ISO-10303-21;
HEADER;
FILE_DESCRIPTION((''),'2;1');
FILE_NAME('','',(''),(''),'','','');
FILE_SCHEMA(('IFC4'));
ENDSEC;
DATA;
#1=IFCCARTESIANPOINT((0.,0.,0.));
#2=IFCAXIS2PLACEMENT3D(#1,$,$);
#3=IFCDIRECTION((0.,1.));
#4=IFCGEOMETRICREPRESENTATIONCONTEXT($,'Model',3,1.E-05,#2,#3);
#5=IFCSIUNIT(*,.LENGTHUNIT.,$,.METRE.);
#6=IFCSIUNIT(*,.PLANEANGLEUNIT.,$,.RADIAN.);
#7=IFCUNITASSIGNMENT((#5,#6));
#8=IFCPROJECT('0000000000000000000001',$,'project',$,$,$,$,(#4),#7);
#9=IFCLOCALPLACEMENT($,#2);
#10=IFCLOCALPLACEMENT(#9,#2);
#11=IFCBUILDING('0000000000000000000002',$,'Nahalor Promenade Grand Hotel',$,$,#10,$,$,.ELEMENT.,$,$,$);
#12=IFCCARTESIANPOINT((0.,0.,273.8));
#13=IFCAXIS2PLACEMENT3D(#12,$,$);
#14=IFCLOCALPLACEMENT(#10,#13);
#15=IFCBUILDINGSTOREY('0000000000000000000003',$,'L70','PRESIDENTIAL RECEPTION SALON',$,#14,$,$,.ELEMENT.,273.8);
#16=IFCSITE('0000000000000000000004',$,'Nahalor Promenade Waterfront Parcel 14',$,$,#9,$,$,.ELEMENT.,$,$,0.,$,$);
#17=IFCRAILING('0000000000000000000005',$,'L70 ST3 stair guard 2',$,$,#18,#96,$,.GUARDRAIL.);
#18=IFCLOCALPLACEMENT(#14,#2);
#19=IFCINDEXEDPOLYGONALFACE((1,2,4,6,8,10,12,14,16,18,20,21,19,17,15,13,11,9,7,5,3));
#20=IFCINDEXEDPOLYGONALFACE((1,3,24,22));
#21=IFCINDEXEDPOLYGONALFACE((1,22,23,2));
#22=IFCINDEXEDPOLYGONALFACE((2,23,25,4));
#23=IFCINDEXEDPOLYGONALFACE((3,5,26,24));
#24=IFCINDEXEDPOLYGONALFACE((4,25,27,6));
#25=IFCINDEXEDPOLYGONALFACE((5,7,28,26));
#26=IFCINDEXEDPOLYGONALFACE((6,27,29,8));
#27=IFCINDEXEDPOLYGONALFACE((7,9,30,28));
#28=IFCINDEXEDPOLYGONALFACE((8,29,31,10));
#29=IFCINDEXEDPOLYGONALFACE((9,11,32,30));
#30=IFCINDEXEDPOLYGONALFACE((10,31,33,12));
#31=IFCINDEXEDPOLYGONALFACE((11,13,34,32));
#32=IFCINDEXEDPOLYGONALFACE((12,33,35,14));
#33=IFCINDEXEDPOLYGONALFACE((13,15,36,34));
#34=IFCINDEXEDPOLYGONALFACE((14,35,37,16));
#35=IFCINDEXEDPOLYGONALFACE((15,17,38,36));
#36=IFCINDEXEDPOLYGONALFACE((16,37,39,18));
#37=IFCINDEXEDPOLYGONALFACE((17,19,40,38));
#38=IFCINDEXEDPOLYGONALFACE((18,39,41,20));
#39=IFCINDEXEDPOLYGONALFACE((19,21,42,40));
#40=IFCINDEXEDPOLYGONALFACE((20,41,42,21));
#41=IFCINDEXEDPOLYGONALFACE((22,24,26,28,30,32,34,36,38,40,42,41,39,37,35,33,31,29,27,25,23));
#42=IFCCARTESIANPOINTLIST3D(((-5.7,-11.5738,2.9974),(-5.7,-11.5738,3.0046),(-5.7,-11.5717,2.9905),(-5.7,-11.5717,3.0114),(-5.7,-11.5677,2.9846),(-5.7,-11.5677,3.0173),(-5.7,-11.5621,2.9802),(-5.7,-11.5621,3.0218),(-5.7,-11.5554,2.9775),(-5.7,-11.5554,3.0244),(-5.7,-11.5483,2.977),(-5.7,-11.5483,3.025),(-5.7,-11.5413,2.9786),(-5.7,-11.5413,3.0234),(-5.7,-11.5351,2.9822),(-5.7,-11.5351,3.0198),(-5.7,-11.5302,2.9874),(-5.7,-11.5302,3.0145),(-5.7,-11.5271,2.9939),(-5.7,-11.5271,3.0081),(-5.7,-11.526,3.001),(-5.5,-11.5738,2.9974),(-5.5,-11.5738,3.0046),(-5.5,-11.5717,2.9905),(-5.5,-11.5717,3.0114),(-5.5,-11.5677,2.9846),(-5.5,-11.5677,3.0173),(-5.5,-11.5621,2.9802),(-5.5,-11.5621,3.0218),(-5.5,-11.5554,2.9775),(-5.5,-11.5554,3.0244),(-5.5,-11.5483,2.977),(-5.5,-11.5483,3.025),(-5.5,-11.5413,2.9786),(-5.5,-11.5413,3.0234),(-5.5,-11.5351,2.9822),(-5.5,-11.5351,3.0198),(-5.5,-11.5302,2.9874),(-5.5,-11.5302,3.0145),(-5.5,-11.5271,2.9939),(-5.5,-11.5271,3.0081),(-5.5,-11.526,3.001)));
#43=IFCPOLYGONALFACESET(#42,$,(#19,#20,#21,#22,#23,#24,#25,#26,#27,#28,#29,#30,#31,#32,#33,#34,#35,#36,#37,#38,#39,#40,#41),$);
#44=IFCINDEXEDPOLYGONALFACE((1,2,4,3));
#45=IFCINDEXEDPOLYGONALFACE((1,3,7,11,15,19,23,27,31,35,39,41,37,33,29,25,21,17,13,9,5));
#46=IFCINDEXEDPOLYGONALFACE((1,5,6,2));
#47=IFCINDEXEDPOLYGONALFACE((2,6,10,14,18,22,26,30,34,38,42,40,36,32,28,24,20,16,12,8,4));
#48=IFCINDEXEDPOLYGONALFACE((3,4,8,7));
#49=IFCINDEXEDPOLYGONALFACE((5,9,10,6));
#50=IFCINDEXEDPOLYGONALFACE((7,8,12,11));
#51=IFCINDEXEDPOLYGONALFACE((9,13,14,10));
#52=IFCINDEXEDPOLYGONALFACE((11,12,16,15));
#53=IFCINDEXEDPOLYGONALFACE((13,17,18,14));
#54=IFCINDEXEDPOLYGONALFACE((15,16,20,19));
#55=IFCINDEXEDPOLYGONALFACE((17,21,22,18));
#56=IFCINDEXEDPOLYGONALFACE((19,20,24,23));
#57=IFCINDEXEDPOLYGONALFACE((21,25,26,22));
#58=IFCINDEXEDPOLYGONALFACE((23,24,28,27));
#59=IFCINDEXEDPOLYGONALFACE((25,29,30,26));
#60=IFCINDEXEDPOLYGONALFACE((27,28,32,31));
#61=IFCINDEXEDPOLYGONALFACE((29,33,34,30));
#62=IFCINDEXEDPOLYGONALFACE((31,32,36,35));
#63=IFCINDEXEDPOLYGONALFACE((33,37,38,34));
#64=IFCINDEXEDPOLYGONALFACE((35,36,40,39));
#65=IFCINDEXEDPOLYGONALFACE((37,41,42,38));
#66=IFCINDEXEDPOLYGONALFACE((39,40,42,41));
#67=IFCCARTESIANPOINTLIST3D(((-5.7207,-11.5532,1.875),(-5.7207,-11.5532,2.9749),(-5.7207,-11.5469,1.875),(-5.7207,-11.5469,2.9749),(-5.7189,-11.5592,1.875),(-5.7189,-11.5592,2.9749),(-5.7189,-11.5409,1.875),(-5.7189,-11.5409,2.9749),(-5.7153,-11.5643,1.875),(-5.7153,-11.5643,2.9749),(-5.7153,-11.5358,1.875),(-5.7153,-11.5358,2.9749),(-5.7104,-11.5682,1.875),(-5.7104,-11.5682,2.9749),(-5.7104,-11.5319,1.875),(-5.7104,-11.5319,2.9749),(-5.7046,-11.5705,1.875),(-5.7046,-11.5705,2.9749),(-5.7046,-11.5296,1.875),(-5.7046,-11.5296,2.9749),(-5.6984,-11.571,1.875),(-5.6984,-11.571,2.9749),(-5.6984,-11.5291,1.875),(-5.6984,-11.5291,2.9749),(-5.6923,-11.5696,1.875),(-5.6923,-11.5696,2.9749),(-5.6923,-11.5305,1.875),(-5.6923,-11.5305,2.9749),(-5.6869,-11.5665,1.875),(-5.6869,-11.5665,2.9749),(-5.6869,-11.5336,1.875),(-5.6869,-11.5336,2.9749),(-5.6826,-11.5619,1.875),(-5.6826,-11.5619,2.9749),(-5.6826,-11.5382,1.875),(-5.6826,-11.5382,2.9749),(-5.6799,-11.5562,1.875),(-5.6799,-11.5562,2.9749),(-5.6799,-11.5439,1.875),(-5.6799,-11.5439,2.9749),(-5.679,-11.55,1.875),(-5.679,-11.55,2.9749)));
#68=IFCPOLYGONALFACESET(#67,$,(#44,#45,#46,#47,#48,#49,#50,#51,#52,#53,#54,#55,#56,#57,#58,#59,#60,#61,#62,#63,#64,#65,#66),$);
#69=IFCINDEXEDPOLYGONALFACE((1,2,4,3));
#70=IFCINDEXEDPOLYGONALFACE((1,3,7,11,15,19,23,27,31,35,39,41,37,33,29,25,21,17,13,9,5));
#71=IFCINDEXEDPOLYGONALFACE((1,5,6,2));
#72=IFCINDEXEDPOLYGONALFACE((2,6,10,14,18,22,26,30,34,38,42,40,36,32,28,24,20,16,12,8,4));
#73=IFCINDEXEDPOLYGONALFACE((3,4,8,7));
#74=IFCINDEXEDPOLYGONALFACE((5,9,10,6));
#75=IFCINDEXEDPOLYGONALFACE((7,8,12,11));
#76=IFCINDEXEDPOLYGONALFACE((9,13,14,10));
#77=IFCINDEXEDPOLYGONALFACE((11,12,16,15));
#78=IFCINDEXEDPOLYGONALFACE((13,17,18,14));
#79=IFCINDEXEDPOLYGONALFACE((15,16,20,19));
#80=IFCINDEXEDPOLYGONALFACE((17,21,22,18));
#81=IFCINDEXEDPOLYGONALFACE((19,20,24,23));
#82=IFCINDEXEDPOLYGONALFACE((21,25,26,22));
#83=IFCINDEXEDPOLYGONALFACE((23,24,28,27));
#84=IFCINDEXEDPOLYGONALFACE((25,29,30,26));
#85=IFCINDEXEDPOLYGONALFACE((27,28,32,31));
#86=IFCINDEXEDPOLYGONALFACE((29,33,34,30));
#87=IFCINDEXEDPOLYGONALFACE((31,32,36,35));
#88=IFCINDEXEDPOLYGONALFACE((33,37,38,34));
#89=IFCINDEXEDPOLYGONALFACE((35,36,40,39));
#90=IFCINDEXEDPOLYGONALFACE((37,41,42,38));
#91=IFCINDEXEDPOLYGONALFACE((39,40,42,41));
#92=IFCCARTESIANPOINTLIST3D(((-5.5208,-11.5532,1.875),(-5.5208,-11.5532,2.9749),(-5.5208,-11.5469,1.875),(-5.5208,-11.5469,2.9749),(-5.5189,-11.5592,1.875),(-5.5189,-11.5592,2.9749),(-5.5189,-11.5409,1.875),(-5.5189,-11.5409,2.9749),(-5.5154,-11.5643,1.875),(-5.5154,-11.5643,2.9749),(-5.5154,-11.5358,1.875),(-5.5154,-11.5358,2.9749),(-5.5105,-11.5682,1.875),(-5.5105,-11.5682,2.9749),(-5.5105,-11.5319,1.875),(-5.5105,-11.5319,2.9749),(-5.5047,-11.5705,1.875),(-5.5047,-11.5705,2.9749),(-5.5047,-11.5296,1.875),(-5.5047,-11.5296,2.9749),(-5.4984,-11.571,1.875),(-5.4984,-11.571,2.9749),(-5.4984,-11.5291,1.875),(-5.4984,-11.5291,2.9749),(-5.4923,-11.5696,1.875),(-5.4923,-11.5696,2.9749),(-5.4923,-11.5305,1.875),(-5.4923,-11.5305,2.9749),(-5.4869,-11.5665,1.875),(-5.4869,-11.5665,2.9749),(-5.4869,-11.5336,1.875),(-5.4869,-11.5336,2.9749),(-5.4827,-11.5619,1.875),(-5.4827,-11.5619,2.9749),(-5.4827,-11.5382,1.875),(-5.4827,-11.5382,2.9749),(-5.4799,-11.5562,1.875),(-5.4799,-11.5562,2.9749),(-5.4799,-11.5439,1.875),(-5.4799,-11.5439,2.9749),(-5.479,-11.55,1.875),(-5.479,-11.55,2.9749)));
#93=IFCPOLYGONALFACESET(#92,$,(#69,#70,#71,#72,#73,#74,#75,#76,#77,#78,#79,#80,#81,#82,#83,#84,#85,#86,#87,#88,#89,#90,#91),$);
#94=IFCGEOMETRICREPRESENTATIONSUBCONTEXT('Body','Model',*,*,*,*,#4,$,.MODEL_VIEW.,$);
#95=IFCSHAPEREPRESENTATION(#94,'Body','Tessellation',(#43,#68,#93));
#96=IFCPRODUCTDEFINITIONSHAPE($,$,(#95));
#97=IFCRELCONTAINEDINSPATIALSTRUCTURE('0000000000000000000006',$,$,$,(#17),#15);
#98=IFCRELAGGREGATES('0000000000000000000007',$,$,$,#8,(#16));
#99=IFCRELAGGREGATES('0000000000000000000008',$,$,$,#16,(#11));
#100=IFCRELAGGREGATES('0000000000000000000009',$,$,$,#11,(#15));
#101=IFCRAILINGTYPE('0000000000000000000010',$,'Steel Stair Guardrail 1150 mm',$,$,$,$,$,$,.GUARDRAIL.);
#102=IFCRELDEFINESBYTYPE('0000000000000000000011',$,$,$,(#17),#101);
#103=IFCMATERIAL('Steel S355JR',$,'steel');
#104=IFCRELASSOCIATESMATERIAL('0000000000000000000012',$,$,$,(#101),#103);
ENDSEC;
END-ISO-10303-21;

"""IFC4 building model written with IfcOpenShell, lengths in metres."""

from ifc_helpers import new_model, si_unit, direction, frame, origin, origin_2d, place, context, subcontext, project, spatial, circle, extrude, material, type_object, element, save


model = new_model("IFC4")

# Units and contexts
model_context = context("Model", 3, precision=1e-05, world=origin(), true_north=direction((0.0, 1.0)))
body_context = subcontext(model_context, "Body", "Model", "MODEL_VIEW")
ifc_project = project(units=[si_unit("LENGTHUNIT", "METRE"), si_unit("PLANEANGLEUNIT", "RADIAN")], contexts=[model_context])

# Site, building, storey
site_placement = place(None, origin())
site = spatial("IfcSite", under=ifc_project, at=site_placement, Name="Nahalor Promenade Waterfront Parcel 14", CompositionType="ELEMENT", RefElevation=0.0)
building_placement = place(site_placement, origin())
building = spatial("IfcBuilding", under=site, at=building_placement, Name="Nahalor Promenade Grand Hotel", CompositionType="ELEMENT")
storey_placement = place(building_placement, frame((0.0, 0.0, 273.8)))
storey = spatial("IfcBuildingStorey", under=building, at=storey_placement, Name="L70", Description="PRESIDENTIAL RECEPTION SALON", CompositionType="ELEMENT", Elevation=273.8)

# Shared definitions
ifc_material_1 = material(Name="Steel S355JR", Category="steel")

# Railing
railing_type_1 = type_object("IfcRailingType", Name="Steel Stair Guardrail 1150 mm", PredefinedType="GUARDRAIL", material=ifc_material_1)
railing_1_placement = place(storey_placement, frame((-5.7, -11.55, 1.875)))
element("IfcRailing", 1, at=railing_1_placement, inside=storey, type_object=railing_type_1, Name="L70 ST3 stair guard 2", PredefinedType="GUARDRAIL", context=body_context, shape_type="SweptSolid", body=[
    extrude(circle(Radius=0.024, at=origin_2d()), frame((0.0, 0.0, 1.126), z_axis=(1.0, 0.0, 0.0), x_axis=(0.0, 1.0, 0.0)), (0.0, 0.0, 1.0), 0.2),
    extrude(circle(Radius=0.021, at=origin_2d()), origin(), (0.0, 0.0, 1.0), 1.0999),
    extrude(circle(Radius=0.021, at=origin_2d()), frame((0.2, 0.0, 0.0)), (0.0, 0.0, 1.0), 1.0999),
])

save(model, "model.ifc")
